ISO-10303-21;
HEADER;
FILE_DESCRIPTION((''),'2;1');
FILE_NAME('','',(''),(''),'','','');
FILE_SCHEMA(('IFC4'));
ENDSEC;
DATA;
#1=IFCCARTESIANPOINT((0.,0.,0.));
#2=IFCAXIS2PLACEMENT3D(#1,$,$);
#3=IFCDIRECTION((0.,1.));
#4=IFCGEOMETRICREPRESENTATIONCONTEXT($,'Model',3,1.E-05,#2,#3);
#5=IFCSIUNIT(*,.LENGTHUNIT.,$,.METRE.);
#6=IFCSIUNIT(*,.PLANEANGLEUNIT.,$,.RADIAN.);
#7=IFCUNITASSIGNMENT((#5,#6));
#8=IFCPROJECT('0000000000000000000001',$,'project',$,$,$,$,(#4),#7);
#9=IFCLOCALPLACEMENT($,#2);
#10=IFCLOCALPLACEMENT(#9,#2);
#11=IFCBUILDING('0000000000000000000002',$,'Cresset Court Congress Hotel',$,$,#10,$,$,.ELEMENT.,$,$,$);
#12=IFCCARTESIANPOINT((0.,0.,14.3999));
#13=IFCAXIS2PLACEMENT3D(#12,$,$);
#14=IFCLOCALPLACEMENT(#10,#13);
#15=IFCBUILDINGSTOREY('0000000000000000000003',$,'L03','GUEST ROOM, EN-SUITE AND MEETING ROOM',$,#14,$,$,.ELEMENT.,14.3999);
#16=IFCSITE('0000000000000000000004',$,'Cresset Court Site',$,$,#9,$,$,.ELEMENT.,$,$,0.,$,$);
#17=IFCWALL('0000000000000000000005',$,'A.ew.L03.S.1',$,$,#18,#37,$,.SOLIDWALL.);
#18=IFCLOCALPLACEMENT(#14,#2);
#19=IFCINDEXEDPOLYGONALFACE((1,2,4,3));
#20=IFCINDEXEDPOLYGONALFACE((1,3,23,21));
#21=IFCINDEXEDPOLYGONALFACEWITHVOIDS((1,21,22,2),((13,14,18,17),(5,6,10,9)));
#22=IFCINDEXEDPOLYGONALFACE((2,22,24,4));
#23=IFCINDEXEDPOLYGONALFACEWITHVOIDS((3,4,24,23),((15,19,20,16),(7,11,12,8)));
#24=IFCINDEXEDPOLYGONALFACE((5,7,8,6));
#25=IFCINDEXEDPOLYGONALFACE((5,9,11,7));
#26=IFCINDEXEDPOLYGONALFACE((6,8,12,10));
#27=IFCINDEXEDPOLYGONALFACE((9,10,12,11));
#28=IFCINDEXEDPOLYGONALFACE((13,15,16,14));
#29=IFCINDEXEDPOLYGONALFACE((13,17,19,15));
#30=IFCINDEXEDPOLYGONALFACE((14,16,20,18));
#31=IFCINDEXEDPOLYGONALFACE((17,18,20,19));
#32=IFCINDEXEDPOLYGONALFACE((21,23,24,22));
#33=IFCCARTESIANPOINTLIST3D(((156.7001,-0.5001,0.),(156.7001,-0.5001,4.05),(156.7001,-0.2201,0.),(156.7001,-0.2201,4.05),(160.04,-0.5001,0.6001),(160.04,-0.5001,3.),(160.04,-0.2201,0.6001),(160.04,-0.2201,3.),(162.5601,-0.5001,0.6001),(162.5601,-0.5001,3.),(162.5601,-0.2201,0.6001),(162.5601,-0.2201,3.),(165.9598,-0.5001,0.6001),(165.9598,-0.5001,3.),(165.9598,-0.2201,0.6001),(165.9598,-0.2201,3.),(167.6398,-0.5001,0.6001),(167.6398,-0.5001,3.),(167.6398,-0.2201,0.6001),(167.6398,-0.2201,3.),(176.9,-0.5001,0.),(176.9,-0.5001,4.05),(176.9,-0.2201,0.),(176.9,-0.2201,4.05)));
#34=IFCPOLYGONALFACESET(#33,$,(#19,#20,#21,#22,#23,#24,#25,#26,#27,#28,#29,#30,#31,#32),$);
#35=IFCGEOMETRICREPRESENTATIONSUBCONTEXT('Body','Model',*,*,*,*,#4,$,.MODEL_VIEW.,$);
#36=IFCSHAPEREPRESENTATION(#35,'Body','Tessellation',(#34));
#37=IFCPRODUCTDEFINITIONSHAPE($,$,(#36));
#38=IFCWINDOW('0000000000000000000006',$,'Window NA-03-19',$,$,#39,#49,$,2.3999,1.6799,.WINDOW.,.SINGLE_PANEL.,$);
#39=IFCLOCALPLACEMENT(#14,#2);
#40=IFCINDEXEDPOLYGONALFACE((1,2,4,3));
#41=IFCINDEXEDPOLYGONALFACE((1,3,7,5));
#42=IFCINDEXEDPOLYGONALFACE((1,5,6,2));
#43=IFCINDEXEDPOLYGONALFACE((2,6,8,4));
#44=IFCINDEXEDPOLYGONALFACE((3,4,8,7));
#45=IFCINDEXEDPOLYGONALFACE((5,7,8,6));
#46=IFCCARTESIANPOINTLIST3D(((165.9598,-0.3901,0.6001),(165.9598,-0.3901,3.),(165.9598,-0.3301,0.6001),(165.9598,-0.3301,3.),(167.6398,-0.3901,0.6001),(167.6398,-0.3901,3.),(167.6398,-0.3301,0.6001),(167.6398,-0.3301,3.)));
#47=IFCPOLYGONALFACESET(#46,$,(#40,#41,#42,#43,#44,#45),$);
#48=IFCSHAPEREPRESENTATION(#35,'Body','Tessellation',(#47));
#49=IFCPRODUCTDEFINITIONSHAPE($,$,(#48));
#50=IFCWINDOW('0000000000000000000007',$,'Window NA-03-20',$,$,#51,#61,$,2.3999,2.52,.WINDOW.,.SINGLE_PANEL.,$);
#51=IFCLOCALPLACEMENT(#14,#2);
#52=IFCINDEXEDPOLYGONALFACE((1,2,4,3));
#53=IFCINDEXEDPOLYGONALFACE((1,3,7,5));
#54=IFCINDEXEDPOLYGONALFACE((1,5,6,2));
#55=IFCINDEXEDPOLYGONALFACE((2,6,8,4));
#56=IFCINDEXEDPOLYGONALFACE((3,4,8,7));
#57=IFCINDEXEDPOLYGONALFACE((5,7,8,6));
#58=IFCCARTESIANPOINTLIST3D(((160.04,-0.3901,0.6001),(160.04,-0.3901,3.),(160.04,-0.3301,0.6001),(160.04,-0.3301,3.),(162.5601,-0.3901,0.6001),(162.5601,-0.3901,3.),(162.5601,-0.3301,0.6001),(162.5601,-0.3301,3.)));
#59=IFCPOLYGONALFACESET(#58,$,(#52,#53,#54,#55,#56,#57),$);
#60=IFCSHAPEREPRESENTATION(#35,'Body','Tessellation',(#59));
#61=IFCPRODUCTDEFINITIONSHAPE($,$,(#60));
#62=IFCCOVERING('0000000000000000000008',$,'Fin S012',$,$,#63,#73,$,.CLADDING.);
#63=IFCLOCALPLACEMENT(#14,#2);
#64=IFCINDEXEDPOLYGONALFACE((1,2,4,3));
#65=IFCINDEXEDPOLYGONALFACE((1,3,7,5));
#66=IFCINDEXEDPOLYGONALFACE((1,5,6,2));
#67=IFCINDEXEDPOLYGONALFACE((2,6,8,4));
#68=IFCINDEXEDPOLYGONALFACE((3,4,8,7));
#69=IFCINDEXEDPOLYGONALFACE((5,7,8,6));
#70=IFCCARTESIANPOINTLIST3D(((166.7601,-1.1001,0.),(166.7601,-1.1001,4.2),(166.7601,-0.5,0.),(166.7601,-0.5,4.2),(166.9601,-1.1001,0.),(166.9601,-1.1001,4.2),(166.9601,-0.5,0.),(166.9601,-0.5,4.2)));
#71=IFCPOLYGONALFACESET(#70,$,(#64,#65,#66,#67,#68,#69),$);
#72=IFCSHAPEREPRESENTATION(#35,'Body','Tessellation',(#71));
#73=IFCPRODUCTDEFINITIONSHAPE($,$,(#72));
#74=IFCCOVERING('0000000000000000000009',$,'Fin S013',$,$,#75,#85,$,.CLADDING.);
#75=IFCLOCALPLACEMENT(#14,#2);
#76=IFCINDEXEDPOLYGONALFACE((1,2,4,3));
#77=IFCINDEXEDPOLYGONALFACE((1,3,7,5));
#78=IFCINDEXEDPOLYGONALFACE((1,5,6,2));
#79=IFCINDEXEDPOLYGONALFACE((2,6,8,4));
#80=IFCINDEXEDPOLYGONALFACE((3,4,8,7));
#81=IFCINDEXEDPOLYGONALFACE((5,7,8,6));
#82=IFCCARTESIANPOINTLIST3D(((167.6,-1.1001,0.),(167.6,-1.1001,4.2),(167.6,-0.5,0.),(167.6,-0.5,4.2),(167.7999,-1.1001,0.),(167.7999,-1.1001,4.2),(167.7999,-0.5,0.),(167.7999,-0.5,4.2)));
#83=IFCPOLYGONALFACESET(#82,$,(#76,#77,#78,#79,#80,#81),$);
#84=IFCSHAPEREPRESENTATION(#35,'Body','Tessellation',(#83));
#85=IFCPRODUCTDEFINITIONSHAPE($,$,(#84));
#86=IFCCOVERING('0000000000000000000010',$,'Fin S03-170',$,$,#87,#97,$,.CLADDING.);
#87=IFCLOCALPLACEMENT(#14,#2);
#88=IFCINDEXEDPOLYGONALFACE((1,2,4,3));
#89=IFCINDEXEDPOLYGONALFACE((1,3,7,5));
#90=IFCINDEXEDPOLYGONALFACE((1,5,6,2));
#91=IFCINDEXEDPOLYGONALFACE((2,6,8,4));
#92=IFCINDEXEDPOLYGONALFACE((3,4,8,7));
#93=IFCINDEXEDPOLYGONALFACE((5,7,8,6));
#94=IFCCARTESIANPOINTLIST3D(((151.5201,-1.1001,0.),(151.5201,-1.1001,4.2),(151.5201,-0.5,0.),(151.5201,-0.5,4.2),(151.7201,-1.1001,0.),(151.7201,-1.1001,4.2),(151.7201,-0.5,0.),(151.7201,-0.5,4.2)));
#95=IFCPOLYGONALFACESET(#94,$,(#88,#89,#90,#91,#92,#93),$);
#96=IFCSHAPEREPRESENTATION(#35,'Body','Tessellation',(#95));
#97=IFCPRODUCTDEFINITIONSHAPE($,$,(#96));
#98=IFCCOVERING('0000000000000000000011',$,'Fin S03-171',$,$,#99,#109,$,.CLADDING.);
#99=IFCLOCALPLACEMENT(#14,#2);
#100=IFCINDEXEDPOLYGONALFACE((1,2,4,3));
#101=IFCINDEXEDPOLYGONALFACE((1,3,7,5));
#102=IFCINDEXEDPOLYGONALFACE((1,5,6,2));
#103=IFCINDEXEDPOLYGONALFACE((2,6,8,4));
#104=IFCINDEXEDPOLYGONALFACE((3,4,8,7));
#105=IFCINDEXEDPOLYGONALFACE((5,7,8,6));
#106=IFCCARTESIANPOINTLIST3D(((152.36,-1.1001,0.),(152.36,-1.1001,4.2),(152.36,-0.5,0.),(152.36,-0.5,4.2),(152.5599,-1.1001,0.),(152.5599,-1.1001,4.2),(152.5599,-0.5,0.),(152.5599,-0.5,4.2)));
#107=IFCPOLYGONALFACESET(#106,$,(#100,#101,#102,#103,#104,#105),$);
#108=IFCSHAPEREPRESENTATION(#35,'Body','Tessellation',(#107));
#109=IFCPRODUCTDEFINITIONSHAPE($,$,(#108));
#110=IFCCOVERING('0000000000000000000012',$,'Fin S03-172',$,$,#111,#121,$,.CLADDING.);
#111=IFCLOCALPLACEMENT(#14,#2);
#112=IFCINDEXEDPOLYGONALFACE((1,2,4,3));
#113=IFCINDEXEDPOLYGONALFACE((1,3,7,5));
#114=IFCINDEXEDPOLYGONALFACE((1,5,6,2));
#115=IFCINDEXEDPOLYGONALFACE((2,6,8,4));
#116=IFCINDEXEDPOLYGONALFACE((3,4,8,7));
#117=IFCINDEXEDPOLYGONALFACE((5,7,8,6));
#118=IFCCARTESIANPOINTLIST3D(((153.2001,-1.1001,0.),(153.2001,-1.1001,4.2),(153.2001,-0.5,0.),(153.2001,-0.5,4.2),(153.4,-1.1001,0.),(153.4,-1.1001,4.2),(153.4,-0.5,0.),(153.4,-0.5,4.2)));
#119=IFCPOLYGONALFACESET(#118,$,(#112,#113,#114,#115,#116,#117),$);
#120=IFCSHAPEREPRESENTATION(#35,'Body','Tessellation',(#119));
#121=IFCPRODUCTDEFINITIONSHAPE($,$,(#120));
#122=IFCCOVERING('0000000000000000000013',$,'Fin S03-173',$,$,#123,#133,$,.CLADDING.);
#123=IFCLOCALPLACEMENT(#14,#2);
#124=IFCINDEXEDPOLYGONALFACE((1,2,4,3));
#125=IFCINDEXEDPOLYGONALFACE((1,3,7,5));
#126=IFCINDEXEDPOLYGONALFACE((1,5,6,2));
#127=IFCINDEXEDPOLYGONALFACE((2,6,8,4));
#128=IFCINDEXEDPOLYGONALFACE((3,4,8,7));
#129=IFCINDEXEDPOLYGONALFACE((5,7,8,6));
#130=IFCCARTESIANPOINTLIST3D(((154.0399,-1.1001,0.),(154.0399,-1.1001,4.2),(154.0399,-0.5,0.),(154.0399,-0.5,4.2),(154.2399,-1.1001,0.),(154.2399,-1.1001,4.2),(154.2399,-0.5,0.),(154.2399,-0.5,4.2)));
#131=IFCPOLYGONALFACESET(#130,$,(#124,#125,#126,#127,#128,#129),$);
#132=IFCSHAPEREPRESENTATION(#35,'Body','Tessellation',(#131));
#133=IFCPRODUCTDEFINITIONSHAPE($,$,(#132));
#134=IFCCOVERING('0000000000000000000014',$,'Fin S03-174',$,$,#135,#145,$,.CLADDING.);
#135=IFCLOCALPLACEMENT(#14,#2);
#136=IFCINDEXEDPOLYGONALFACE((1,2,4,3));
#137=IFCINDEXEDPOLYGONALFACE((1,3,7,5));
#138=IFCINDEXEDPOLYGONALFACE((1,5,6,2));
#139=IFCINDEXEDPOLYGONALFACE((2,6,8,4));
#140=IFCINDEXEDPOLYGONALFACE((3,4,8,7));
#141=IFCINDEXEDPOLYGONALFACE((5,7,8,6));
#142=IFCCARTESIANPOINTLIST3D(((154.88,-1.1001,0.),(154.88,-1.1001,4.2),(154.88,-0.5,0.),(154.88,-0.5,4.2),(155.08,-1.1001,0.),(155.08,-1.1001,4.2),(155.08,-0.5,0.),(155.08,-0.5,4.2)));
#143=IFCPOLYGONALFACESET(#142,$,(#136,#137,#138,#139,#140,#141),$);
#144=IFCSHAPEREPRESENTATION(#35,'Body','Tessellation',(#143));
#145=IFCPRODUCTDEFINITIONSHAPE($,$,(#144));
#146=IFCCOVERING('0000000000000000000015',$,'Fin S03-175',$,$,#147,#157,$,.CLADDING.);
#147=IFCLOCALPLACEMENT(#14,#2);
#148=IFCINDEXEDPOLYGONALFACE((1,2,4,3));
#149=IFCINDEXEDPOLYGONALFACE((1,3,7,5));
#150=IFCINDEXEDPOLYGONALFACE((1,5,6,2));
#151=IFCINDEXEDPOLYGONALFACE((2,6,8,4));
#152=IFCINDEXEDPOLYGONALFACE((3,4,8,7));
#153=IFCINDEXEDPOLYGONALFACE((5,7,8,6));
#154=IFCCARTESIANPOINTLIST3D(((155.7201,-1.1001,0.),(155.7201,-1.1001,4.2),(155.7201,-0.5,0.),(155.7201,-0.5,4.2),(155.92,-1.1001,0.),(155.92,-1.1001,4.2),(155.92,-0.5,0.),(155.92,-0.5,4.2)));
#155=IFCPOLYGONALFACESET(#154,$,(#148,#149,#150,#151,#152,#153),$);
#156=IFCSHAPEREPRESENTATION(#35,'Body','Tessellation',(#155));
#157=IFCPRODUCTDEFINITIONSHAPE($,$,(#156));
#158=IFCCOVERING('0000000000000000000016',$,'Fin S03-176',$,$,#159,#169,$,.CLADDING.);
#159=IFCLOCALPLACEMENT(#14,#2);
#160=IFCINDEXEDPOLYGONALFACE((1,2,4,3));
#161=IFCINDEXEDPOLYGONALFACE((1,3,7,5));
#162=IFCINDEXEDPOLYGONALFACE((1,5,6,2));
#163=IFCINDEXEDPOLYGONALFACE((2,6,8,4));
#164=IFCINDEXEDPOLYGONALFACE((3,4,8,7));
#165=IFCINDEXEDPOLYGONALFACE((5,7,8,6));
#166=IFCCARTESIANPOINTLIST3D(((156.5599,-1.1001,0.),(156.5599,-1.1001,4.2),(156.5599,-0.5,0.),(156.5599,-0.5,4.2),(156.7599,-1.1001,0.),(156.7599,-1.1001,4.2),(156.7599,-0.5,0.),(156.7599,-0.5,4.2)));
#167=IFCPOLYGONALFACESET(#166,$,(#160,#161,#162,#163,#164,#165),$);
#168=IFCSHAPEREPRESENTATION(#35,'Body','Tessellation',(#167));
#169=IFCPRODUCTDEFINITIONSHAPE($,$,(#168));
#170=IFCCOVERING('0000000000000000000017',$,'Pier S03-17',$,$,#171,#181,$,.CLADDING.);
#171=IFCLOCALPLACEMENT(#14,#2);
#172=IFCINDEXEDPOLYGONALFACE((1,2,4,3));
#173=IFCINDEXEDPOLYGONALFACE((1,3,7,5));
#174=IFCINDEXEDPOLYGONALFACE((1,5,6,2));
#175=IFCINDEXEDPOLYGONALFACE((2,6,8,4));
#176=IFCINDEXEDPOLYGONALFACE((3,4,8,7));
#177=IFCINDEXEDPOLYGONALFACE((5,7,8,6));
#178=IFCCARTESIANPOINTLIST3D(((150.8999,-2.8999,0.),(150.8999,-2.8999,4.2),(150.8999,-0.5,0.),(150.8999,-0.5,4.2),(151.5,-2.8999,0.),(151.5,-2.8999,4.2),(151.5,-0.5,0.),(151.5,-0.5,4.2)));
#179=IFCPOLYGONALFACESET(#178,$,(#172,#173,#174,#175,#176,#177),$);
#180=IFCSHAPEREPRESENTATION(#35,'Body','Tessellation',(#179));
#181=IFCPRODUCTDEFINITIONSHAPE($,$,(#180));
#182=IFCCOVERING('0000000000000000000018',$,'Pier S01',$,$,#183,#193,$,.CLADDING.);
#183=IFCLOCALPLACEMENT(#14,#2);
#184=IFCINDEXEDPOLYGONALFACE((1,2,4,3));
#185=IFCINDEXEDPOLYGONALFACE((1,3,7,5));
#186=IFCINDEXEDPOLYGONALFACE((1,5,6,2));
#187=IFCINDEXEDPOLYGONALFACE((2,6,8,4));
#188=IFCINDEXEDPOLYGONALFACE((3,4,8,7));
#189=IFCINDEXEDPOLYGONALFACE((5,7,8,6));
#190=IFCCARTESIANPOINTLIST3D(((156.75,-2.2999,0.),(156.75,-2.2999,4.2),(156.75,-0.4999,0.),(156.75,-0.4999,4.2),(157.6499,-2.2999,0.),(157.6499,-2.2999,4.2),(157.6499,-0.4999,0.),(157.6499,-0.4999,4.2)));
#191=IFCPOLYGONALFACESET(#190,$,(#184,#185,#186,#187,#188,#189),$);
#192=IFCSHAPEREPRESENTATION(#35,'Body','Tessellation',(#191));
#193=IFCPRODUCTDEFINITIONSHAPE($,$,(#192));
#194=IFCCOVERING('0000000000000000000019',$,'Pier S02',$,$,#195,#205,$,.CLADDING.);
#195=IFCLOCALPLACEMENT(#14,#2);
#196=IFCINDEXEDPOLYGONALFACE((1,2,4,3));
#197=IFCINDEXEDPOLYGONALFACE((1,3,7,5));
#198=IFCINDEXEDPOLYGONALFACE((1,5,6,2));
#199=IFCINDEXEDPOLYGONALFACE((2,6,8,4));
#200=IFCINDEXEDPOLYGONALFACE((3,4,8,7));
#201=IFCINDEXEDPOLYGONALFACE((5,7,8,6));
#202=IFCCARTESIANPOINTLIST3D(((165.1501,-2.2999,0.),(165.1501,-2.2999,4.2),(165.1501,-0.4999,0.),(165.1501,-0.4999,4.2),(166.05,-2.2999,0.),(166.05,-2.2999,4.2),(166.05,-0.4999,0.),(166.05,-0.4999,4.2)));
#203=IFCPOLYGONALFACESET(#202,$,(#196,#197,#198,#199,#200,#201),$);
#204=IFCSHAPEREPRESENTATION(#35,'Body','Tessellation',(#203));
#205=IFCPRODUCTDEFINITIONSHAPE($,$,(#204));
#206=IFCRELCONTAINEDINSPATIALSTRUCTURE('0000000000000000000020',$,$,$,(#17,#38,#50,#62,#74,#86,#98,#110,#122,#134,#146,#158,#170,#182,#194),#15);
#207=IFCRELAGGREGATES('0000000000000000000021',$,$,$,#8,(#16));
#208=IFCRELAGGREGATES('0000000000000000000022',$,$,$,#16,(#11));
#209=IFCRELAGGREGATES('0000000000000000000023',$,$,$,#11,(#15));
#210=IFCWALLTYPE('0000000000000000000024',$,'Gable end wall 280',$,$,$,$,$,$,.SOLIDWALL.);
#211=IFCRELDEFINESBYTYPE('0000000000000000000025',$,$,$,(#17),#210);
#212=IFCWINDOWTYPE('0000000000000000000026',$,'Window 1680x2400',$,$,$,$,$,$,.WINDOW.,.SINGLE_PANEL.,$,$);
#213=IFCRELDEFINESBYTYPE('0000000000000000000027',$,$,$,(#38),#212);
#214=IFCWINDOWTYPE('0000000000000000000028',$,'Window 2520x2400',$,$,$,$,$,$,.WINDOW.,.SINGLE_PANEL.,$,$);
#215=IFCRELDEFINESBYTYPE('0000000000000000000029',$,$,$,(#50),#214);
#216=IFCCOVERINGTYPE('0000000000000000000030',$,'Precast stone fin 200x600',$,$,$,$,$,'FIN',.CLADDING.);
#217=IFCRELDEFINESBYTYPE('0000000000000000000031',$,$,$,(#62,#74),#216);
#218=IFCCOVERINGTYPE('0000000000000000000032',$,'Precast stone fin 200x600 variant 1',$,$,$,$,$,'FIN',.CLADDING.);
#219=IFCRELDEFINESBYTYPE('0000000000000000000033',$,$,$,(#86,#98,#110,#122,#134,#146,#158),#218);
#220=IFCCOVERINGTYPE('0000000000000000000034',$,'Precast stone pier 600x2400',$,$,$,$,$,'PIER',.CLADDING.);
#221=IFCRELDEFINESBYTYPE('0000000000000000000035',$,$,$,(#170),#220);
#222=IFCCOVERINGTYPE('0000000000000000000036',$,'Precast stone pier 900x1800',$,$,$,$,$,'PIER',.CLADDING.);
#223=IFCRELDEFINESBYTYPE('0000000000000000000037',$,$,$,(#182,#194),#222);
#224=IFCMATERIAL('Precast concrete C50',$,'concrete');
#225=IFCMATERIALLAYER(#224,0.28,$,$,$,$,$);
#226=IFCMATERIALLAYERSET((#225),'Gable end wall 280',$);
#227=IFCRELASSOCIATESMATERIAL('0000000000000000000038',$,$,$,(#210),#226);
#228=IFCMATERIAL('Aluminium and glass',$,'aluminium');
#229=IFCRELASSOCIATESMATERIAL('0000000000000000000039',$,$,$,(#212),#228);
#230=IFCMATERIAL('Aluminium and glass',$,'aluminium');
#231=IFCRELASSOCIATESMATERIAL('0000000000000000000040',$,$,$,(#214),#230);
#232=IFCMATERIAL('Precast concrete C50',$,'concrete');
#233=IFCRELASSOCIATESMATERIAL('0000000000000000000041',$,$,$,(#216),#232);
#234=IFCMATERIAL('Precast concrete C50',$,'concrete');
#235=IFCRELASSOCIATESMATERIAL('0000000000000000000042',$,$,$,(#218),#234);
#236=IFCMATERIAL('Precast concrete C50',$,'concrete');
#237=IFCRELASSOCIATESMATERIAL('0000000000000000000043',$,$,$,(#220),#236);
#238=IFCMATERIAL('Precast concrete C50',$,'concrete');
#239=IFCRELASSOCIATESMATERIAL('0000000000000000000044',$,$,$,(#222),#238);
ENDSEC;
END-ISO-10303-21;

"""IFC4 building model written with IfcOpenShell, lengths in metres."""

from ifc_helpers import new_model, si_unit, direction, frame, frame_2d, origin, origin_2d, place, context, subcontext, project, spatial, rectangle, extrude, material, layer, layer_set, type_object, element, fill, save


model = new_model("IFC4")

# Units and contexts
model_context = context("Model", 3, precision=1e-05, world=origin(), true_north=direction((0.0, 1.0)))
body_context = subcontext(model_context, "Body", "Model", "MODEL_VIEW")
ifc_project = project(units=[si_unit("LENGTHUNIT", "METRE"), si_unit("PLANEANGLEUNIT", "RADIAN")], contexts=[model_context])

# Site, building, storey
site_placement = place(None, origin())
site = spatial("IfcSite", under=ifc_project, at=site_placement, Name="Cresset Court Site", CompositionType="ELEMENT", RefElevation=0.0)
building_placement = place(site_placement, origin())
building = spatial("IfcBuilding", under=site, at=building_placement, Name="Cresset Court Congress Hotel", CompositionType="ELEMENT")
storey_placement = place(building_placement, frame((0.0, 0.0, 14.3999)))
storey = spatial("IfcBuildingStorey", under=building, at=storey_placement, Name="L03", Description="GUEST ROOM, EN-SUITE AND MEETING ROOM", CompositionType="ELEMENT", Elevation=14.3999)

# Wall, openings, windows
ifc_material_1 = material(Name="Precast concrete C50", Category="concrete")
ifc_layer_1 = layer(ifc_material_1, 0.28)
ifc_layer_set_1 = layer_set([ifc_layer_1], Name="Gable end wall 280")
wall_type = type_object("IfcWallType", Name="Gable end wall 280", PredefinedType="SOLIDWALL", material=ifc_layer_set_1)
wall_placement = place(storey_placement, frame((156.7, -0.3601, 0.0), z_axis=(0.0, 0.0, 1.0), x_axis=(1.0, 0.0, 0.0)))
wall = element("IfcWall", 1, at=wall_placement, inside=storey, type_object=wall_type, Name="A.ew.L03.S.1", PredefinedType="SOLIDWALL", context=body_context, shape_type="SweptSolid", body=[
    extrude(rectangle(XDim=20.2, YDim=0.28, at=frame_2d((10.1001, 0.0))), origin(), (0.0, 0.0, 1.0), 4.05),
])
opening_1_placement = place(wall_placement, frame((9.26, 0.0, 0.6001)))
opening_1 = element("IfcOpeningElement", 2, at=opening_1_placement, cuts=wall, PredefinedType="OPENING", context=body_context, shape_type="SweptSolid", body=[
    extrude(rectangle(XDim=1.6799, YDim=2.3999, at=frame_2d((0.8398, 1.2))), frame((0.0, 0.1499, 0.0), z_axis=(0.0, -1.0, 0.0), x_axis=(1.0, 0.0, 0.0)), (0.0, 0.0, 1.0), 0.3),
])
opening_2_placement = place(wall_placement, frame((3.3401, 0.0, 0.6001)))
opening_2 = element("IfcOpeningElement", 3, at=opening_2_placement, cuts=wall, PredefinedType="OPENING", context=body_context, shape_type="SweptSolid", body=[
    extrude(rectangle(XDim=2.52, YDim=2.3999, at=frame_2d((1.26, 1.2))), frame((0.0, 0.1499, 0.0), z_axis=(0.0, -1.0, 0.0), x_axis=(1.0, 0.0, 0.0)), (0.0, 0.0, 1.0), 0.3),
])
ifc_material_2 = material(Name="Aluminium and glass", Category="aluminium")
window_type_1 = type_object("IfcWindowType", Name="Window 1680x2400", PartitioningType="SINGLE_PANEL", PredefinedType="WINDOW", material=ifc_material_2)
window_1_placement = place(opening_1_placement, origin())
window_1 = element("IfcWindow", 4, at=window_1_placement, inside=storey, type_object=window_type_1, Name="Window NA-03-19", OverallHeight=2.3999, OverallWidth=1.6799, PartitioningType="SINGLE_PANEL", PredefinedType="WINDOW", context=body_context, shape_type="SweptSolid", body=[
    extrude(rectangle(XDim=1.6799, YDim=2.3999, at=frame_2d((0.8398, 1.2))), frame((0.0, 0.03, 0.0), z_axis=(0.0, -1.0, 0.0), x_axis=(1.0, 0.0, 0.0)), (0.0, 0.0, 1.0), 0.0601),
])
fill(opening_1, window_1)
ifc_material_3 = material(Name="Aluminium and glass", Category="aluminium")
window_type_2 = type_object("IfcWindowType", Name="Window 2520x2400", PartitioningType="SINGLE_PANEL", PredefinedType="WINDOW", material=ifc_material_3)
window_2_placement = place(opening_2_placement, origin())
window_2 = element("IfcWindow", 5, at=window_2_placement, inside=storey, type_object=window_type_2, Name="Window NA-03-20", OverallHeight=2.3999, OverallWidth=2.52, PartitioningType="SINGLE_PANEL", PredefinedType="WINDOW", context=body_context, shape_type="SweptSolid", body=[
    extrude(rectangle(XDim=2.52, YDim=2.3999, at=frame_2d((1.26, 1.2))), frame((0.0, 0.03, 0.0), z_axis=(0.0, -1.0, 0.0), x_axis=(1.0, 0.0, 0.0)), (0.0, 0.0, 1.0), 0.0601),
])
fill(opening_2, window_2)

# Coverings
ifc_material_4 = material(Name="Precast concrete C50", Category="concrete")
covering_type_1 = type_object("IfcCoveringType", Name="Precast stone fin 200x600", ElementType="FIN", PredefinedType="CLADDING", material=ifc_material_4)
for number, where, z_axis, x_axis, name in (
    (6, (166.8601, -0.8, 0.0), (0.0, 0.0, 1.0), (1.0, 0.0, 0.0), "Fin S012"),
    (7, (167.7, -0.8, 0.0), (0.0, 0.0, 1.0), (1.0, 0.0, 0.0), "Fin S013"),
):
    element("IfcCovering", number, at=place(storey_placement, frame(where, z_axis=z_axis, x_axis=x_axis)), inside=storey, type_object=covering_type_1, Name=name, PredefinedType="CLADDING", context=body_context, shape_type="SweptSolid", body=[
        extrude(rectangle(XDim=0.2, YDim=0.6001, at=origin_2d()), origin(), (0.0, 0.0, 1.0), 4.2),
    ])
ifc_material_5 = material(Name="Precast concrete C50", Category="concrete")
covering_type_2 = type_object("IfcCoveringType", Name="Precast stone fin 200x600 variant 1", ElementType="FIN", PredefinedType="CLADDING", material=ifc_material_5)
for number, where, z_axis, x_axis, name in (
    (8, (151.6201, -0.8, 0.0), (0.0, 0.0, 1.0), (1.0, 0.0, 0.0), "Fin S03-170"),
    (9, (152.46, -0.8, 0.0), (0.0, 0.0, 1.0), (1.0, 0.0, 0.0), "Fin S03-171"),
    (10, (153.3, -0.8, 0.0), (0.0, 0.0, 1.0), (1.0, 0.0, 0.0), "Fin S03-172"),
    (11, (154.1399, -0.8, 0.0), (0.0, 0.0, 1.0), (1.0, 0.0, 0.0), "Fin S03-173"),
    (12, (154.98, -0.8, 0.0), (0.0, 0.0, 1.0), (1.0, 0.0, 0.0), "Fin S03-174"),
    (13, (155.8201, -0.8, 0.0), (0.0, 0.0, 1.0), (1.0, 0.0, 0.0), "Fin S03-175"),
    (14, (156.6599, -0.8, 0.0), (0.0, 0.0, 1.0), (1.0, 0.0, 0.0), "Fin S03-176"),
):
    element("IfcCovering", number, at=place(storey_placement, frame(where, z_axis=z_axis, x_axis=x_axis)), inside=storey, type_object=covering_type_2, Name=name, PredefinedType="CLADDING", context=body_context, shape_type="SweptSolid", body=[
        extrude(rectangle(XDim=0.2, YDim=0.6001, at=origin_2d()), origin(), (0.0, 0.0, 1.0), 4.2),
    ])
ifc_material_6 = material(Name="Precast concrete C50", Category="concrete")
covering_type_3 = type_object("IfcCoveringType", Name="Precast stone pier 600x2400", ElementType="PIER", PredefinedType="CLADDING", material=ifc_material_6)
covering_placement = place(storey_placement, frame((151.2, -1.7, 0.0), z_axis=(0.0, 0.0, 1.0), x_axis=(1.0, 0.0, 0.0)))
element("IfcCovering", 15, at=covering_placement, inside=storey, type_object=covering_type_3, Name="Pier S03-17", PredefinedType="CLADDING", context=body_context, shape_type="SweptSolid", body=[
    extrude(rectangle(XDim=0.6001, YDim=2.3999, at=origin_2d()), origin(), (0.0, 0.0, 1.0), 4.2),
])
ifc_material_7 = material(Name="Precast concrete C50", Category="concrete")
covering_type_4 = type_object("IfcCoveringType", Name="Precast stone pier 900x1800", ElementType="PIER", PredefinedType="CLADDING", material=ifc_material_7)
for number, where, z_axis, x_axis, name in (
    (16, (157.2, -1.3999, 0.0), (0.0, 0.0, 1.0), (1.0, 0.0, 0.0), "Pier S01"),
    (17, (165.6001, -1.3999, 0.0), (0.0, 0.0, 1.0), (1.0, 0.0, 0.0), "Pier S02"),
):
    element("IfcCovering", number, at=place(storey_placement, frame(where, z_axis=z_axis, x_axis=x_axis)), inside=storey, type_object=covering_type_4, Name=name, PredefinedType="CLADDING", context=body_context, shape_type="SweptSolid", body=[
        extrude(rectangle(XDim=0.8999, YDim=1.8, at=origin_2d()), origin(), (0.0, 0.0, 1.0), 4.2),
    ])

save(model, "model.ifc")
